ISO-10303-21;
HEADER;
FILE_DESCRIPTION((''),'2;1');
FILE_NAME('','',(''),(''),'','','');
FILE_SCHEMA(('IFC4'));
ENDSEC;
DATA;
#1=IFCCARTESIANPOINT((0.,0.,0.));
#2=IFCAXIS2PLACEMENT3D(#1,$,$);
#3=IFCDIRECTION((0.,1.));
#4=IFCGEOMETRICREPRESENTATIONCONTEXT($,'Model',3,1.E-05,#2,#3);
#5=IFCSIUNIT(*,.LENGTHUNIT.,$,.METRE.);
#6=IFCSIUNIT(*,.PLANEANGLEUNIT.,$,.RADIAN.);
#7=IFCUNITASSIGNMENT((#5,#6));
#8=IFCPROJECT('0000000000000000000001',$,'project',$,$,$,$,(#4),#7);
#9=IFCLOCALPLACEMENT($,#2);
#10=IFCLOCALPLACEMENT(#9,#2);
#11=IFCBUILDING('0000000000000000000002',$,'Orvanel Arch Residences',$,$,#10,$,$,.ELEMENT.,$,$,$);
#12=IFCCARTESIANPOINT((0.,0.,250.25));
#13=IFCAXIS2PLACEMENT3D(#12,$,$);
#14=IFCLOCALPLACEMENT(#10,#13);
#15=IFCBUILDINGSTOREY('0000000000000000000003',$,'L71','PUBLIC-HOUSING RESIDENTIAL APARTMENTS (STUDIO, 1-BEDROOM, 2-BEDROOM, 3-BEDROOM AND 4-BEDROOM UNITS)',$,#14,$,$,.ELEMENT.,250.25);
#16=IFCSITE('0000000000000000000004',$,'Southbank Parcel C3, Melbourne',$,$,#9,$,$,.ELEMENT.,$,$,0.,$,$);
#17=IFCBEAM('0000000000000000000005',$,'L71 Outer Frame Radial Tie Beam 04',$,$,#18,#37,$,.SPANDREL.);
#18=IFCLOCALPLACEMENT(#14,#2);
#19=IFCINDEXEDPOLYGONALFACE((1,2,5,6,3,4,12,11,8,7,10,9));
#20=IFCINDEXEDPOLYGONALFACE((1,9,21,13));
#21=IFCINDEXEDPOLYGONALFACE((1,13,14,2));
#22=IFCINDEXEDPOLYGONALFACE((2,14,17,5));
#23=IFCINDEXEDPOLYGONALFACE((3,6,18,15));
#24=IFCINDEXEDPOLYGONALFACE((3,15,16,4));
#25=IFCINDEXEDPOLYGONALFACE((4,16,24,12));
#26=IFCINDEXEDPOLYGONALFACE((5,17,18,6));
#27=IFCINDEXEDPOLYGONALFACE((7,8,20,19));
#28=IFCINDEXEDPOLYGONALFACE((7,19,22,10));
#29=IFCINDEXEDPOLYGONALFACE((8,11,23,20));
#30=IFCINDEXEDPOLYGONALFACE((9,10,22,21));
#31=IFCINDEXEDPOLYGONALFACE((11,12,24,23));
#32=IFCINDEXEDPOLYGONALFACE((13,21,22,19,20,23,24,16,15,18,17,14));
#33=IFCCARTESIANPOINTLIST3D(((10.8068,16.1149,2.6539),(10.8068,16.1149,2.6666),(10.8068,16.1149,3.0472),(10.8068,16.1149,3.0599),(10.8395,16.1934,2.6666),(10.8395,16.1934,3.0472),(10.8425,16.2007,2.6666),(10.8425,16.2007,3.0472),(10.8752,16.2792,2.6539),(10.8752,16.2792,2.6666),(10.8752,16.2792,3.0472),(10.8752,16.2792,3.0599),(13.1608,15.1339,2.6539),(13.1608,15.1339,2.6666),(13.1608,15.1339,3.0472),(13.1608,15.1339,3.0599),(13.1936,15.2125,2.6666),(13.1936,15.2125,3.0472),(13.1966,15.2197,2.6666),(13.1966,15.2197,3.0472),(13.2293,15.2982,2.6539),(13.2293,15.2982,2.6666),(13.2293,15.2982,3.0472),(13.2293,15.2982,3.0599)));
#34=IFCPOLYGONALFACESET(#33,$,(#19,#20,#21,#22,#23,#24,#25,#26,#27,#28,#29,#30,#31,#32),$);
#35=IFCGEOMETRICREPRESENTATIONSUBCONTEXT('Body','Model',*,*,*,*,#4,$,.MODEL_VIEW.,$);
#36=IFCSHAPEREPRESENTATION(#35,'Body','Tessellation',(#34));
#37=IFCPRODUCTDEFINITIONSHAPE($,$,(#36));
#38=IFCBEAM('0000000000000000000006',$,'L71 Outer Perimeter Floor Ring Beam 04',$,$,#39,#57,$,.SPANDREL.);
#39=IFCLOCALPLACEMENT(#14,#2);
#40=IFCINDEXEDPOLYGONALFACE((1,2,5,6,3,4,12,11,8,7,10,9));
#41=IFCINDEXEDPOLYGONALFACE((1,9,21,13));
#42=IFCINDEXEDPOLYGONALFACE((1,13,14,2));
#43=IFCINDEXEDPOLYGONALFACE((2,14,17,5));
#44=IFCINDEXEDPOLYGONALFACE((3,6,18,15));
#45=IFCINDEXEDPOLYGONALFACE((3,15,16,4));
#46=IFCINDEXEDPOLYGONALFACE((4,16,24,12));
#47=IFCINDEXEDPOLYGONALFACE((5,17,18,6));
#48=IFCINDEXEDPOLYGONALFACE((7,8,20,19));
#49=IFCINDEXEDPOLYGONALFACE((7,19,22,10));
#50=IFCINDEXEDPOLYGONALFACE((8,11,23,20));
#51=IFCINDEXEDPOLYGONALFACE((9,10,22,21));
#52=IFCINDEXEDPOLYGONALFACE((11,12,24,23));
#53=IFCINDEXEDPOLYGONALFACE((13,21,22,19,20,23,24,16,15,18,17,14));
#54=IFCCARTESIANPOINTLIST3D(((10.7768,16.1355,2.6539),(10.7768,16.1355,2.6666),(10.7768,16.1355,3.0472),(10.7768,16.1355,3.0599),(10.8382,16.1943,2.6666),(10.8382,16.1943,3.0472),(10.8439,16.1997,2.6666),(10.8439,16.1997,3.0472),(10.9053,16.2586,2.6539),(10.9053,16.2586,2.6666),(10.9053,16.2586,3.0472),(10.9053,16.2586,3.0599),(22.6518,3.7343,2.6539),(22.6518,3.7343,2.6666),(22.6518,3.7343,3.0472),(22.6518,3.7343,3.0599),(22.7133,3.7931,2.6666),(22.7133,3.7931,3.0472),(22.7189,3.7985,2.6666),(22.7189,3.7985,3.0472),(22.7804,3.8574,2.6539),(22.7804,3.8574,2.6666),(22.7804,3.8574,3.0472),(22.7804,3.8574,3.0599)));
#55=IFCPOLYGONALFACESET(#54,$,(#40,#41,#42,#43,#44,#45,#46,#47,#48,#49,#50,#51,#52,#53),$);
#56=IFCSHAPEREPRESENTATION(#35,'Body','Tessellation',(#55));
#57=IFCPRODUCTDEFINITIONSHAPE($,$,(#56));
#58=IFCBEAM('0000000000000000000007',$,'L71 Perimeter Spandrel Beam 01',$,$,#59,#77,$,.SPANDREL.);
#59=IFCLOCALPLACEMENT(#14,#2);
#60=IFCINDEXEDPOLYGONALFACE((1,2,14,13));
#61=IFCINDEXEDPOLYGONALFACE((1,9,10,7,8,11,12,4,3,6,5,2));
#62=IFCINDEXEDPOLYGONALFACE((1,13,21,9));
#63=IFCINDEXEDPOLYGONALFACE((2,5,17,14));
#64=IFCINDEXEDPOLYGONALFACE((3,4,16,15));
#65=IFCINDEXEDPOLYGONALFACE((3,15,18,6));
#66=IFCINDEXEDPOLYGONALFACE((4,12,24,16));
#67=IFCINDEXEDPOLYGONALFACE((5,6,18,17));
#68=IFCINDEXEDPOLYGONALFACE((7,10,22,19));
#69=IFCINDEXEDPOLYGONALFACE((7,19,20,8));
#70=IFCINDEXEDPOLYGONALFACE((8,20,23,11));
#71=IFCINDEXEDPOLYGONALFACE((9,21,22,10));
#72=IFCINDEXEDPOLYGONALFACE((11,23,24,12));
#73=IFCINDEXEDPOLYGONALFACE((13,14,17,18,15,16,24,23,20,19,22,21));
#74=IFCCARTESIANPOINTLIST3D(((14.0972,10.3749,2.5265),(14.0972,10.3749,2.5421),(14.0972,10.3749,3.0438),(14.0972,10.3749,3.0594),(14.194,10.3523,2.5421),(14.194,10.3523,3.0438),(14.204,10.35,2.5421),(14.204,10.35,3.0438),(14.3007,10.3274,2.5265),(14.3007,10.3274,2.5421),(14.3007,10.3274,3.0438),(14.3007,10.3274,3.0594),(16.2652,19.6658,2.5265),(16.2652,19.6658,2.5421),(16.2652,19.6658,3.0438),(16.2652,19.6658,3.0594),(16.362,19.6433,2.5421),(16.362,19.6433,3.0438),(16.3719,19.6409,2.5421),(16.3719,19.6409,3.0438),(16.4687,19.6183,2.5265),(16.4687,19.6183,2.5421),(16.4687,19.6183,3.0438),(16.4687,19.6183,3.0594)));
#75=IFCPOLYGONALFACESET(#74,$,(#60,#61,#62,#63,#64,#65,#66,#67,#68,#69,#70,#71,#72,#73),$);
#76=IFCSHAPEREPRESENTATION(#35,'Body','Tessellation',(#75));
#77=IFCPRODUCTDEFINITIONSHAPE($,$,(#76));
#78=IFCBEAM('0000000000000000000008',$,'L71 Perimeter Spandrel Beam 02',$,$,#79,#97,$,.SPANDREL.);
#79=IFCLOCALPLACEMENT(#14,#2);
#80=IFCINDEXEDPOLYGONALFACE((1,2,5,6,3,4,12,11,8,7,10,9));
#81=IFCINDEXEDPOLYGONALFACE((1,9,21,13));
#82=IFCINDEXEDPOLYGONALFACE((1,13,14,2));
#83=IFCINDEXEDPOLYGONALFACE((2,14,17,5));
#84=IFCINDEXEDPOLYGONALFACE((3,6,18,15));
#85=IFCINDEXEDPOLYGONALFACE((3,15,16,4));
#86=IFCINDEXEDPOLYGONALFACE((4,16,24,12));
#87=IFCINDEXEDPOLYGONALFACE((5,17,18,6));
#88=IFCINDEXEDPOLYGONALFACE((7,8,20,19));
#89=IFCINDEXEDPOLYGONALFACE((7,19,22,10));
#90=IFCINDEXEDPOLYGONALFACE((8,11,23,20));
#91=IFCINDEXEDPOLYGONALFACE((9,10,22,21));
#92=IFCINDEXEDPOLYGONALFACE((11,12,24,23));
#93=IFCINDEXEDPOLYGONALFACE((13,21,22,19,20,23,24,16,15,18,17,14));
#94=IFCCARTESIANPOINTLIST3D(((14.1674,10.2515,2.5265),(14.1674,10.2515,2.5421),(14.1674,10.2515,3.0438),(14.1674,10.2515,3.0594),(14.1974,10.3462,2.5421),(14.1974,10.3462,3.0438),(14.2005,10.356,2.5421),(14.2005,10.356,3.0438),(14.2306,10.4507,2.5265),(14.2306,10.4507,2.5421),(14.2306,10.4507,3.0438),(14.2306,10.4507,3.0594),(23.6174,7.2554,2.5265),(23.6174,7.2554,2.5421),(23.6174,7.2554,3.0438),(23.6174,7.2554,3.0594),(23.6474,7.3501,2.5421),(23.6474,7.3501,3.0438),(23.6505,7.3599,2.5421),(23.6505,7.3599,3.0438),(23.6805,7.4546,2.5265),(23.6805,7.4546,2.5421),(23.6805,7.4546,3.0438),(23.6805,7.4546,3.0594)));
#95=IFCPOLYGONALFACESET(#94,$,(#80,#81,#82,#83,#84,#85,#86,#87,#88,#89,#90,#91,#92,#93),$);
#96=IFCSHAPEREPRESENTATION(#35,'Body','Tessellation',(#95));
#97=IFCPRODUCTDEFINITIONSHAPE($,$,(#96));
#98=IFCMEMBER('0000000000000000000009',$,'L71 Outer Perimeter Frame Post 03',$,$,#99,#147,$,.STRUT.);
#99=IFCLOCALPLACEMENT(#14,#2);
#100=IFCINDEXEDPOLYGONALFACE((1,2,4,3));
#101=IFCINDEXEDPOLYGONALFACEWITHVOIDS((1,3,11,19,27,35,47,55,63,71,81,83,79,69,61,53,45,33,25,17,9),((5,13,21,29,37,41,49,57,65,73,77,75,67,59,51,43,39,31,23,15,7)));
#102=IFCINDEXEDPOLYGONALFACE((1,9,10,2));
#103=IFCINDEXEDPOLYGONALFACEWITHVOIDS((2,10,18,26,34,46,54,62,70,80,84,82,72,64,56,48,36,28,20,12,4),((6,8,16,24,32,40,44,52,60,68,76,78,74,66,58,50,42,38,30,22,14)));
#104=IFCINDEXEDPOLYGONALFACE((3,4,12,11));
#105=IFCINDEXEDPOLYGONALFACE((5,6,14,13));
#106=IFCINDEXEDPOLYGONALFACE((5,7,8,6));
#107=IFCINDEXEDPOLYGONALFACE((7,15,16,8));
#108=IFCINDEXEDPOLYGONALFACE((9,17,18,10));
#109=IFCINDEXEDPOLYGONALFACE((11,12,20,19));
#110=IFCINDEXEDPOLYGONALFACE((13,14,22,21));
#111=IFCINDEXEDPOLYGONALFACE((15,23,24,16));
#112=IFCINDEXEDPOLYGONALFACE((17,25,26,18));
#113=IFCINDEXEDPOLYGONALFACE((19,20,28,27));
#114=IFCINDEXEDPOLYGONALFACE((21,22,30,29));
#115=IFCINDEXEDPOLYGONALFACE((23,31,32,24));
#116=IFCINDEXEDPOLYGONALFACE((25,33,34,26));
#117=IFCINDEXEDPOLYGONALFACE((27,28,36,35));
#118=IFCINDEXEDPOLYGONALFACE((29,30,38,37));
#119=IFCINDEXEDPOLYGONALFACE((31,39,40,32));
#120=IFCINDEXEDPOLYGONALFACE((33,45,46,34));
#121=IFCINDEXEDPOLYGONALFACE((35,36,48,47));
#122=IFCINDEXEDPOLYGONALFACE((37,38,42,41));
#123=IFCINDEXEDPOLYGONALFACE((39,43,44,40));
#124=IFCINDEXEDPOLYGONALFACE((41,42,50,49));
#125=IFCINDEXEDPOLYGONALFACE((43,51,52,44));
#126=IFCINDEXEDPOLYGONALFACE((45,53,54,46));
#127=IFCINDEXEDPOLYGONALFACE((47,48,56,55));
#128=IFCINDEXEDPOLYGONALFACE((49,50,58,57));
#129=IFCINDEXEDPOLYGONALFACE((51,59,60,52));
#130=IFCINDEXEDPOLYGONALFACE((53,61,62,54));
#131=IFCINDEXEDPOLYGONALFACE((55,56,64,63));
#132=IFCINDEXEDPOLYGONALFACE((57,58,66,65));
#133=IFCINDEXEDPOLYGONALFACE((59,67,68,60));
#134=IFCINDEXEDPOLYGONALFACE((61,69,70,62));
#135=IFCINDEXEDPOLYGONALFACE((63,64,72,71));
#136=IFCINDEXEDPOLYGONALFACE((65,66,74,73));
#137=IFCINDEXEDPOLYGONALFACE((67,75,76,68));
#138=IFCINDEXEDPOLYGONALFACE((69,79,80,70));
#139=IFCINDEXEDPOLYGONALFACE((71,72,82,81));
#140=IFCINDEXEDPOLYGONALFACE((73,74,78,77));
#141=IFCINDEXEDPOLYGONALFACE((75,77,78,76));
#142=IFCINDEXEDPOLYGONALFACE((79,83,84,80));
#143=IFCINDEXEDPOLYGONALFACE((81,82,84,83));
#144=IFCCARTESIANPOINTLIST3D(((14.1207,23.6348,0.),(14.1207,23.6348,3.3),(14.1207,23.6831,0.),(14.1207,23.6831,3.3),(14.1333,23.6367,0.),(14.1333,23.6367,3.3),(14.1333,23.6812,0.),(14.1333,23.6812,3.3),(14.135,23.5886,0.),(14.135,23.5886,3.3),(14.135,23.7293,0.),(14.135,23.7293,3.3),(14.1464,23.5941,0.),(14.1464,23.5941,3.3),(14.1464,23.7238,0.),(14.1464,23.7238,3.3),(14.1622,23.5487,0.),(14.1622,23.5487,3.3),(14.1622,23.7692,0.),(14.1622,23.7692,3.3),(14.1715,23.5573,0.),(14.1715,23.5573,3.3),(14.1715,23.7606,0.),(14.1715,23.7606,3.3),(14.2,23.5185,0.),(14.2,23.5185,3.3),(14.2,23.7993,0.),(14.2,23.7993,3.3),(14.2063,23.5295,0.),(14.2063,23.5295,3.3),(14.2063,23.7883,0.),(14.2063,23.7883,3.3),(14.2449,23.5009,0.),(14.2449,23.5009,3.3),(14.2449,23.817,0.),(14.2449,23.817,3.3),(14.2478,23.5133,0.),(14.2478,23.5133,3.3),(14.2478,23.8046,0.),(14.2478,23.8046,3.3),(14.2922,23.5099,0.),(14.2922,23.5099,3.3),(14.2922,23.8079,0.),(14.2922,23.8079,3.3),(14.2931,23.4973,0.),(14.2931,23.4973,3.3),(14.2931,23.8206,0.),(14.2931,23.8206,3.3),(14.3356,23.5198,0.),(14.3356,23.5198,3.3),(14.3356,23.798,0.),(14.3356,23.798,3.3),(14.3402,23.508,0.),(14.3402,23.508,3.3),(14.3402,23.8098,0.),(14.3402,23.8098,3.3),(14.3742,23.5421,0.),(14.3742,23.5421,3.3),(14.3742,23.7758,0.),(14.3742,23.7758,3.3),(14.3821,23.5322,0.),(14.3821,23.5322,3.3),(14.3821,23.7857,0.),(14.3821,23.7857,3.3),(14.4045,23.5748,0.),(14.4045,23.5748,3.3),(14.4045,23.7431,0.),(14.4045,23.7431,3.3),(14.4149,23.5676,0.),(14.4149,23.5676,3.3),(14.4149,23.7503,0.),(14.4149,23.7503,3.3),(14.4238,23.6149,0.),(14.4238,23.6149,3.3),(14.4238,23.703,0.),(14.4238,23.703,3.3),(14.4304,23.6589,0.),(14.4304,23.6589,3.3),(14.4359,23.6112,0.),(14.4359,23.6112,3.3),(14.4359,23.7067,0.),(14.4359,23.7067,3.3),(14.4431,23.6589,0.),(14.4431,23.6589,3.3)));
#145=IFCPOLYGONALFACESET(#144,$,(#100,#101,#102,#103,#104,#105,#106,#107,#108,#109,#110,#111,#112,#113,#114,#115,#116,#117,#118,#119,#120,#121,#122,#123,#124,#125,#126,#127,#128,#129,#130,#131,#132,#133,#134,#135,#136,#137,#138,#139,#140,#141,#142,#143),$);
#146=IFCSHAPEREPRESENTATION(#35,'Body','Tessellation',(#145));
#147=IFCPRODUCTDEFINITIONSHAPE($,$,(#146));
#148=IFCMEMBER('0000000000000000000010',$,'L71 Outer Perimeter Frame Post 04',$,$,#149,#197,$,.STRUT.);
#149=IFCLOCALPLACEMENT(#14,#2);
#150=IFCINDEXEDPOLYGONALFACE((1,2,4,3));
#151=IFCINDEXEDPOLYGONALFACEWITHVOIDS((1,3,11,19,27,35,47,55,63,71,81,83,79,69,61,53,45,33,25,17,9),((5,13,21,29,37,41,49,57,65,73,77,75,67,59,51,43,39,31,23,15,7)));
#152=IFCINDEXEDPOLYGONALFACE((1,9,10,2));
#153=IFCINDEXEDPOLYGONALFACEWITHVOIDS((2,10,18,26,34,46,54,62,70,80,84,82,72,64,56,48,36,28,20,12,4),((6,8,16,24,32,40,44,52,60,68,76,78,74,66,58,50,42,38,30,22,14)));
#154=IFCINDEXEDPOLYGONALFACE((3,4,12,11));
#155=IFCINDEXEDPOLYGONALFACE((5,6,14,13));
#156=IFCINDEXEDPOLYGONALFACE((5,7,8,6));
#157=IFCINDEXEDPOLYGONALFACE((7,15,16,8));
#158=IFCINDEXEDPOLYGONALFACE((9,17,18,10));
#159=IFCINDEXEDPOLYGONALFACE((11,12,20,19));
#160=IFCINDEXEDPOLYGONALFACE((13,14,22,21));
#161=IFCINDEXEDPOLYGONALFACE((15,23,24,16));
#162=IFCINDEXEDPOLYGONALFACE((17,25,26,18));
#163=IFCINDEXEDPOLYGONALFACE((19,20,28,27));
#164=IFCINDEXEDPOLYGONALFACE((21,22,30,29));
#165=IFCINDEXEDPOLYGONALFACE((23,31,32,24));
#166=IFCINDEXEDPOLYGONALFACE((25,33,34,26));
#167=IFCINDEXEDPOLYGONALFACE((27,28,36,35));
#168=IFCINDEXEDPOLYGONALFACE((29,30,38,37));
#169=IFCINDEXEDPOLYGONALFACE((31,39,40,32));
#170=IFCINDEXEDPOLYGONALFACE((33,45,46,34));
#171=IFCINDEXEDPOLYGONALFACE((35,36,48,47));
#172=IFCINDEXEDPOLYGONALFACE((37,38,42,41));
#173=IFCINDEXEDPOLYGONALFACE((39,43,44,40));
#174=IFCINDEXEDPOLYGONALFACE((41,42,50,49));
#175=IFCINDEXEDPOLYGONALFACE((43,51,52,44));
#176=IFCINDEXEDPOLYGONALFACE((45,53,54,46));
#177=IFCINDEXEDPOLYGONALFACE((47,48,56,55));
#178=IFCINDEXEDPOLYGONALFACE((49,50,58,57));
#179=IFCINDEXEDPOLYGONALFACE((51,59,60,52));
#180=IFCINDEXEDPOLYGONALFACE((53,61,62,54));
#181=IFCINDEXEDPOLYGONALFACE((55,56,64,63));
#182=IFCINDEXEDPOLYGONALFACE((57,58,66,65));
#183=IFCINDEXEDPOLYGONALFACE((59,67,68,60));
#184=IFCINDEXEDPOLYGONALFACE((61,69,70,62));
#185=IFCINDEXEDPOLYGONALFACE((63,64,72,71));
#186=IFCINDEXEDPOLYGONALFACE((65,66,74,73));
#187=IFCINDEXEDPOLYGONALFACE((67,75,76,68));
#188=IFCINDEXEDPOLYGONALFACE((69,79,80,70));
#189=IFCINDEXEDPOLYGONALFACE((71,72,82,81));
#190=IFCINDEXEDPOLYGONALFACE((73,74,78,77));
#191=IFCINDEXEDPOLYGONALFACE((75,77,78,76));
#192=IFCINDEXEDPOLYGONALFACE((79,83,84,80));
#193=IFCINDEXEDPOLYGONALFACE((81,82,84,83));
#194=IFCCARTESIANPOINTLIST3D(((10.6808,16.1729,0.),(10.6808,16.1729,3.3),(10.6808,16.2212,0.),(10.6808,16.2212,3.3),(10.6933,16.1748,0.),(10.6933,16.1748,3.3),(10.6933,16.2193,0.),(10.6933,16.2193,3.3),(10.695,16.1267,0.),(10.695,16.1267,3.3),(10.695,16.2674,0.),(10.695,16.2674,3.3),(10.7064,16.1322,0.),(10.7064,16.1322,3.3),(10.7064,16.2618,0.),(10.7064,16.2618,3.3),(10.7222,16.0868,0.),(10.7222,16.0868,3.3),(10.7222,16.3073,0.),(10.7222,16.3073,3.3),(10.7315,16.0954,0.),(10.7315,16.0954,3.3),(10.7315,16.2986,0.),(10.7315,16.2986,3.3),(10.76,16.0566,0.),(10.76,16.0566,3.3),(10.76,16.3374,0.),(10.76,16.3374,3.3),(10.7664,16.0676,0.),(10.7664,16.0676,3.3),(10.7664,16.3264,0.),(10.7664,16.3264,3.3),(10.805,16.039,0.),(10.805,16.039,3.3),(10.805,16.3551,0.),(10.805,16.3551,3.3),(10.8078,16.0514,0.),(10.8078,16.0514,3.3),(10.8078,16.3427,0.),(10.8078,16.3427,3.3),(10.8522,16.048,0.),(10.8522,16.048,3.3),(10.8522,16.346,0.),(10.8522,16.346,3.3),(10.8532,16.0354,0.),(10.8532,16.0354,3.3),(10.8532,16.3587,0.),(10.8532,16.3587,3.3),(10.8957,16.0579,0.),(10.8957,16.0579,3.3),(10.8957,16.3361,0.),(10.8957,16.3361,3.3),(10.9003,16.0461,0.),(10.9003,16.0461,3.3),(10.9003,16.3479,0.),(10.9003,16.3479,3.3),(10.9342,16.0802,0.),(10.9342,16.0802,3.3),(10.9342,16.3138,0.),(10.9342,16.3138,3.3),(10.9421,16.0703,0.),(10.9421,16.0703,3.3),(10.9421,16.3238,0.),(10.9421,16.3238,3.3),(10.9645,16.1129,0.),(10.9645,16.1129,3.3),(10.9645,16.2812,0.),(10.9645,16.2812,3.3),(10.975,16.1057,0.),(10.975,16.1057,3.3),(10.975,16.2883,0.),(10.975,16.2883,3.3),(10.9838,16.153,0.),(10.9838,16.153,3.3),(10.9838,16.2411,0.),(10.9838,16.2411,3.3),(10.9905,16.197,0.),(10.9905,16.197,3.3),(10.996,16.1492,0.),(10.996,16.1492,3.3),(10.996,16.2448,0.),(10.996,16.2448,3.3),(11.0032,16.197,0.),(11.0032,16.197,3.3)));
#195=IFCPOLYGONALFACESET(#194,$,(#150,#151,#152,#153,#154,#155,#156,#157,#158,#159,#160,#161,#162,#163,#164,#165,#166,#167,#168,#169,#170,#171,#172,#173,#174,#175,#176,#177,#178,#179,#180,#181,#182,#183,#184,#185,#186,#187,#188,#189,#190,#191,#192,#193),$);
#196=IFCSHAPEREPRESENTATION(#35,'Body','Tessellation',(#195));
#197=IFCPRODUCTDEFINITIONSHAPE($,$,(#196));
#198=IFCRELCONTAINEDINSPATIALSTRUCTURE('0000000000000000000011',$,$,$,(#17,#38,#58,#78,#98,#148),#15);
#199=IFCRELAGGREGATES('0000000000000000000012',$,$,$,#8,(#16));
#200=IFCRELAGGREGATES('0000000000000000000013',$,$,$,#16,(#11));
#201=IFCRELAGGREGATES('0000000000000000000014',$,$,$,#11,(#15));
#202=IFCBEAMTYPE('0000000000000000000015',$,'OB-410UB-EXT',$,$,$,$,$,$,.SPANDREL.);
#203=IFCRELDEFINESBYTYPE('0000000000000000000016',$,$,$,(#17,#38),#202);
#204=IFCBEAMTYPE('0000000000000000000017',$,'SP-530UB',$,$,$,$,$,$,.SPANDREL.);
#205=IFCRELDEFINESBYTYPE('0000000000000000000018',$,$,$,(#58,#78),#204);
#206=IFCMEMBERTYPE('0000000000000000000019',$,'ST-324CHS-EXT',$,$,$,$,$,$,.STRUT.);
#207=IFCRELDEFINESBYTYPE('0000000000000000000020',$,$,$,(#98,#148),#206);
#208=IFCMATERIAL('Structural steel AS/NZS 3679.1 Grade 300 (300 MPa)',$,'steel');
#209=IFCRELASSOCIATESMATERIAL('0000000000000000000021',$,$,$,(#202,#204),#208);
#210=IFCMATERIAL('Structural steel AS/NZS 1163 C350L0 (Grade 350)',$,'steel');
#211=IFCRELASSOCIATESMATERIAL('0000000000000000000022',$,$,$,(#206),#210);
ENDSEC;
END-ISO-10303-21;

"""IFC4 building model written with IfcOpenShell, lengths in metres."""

from ifc_helpers import new_model, si_unit, direction, frame, origin, origin_2d, place, context, subcontext, project, spatial, hollow_circle, i_section, extrude, material, material_profile, profile_set, type_object, element, save


model = new_model("IFC4")

# Units and contexts
model_context = context("Model", 3, precision=1e-05, world=origin(), true_north=direction((0.0, 1.0)))
body_context = subcontext(model_context, "Body", "Model", "MODEL_VIEW")
ifc_project = project(units=[si_unit("LENGTHUNIT", "METRE"), si_unit("PLANEANGLEUNIT", "RADIAN")], contexts=[model_context])

# Site, building, storey
site_placement = place(None, origin())
site = spatial("IfcSite", under=ifc_project, at=site_placement, Name="Southbank Parcel C3, Melbourne", CompositionType="ELEMENT", RefElevation=0.0)
building_placement = place(site_placement, origin())
building = spatial("IfcBuilding", under=site, at=building_placement, Name="Orvanel Arch Residences", CompositionType="ELEMENT")
storey_placement = place(building_placement, frame((0.0, 0.0, 250.25)))
storey = spatial("IfcBuildingStorey", under=building, at=storey_placement, Name="L71", Description="PUBLIC-HOUSING RESIDENTIAL APARTMENTS (STUDIO, 1-BEDROOM, 2-BEDROOM, 3-BEDROOM AND 4-BEDROOM UNITS)", CompositionType="ELEMENT", Elevation=250.25)

# Beams
ifc_material_1 = material(Name="Structural steel AS/NZS 3679.1 Grade 300 (300 MPa)", Category="steel")
ifc_material_profile_1 = material_profile(ifc_material_1, i_section(OverallWidth=0.178, OverallDepth=0.406, WebThickness=0.0078, FlangeThickness=0.0127, at=origin_2d()), Name="410UB59.7")
ifc_profile_set_1 = profile_set([ifc_material_profile_1], Name="Structural steel AS/NZS 3679.1 Grade 300 (300 MPa)")
beam_type_1 = type_object("IfcBeamType", Name="OB-410UB-EXT", PredefinedType="SPANDREL", material=ifc_profile_set_1)
beam_1_placement = place(storey_placement, frame((13.1951, 15.2161, 2.8569), z_axis=(-0.92306, 0.384656, 0.0), x_axis=(-0.384656, -0.92306, 0.0)))
element("IfcBeam", 1, at=beam_1_placement, inside=storey, type_object=beam_type_1, Name="L71 Outer Frame Radial Tie Beam 04", PredefinedType="SPANDREL", context=body_context, shape_type="SweptSolid", body=[
    extrude(i_section(OverallWidth=0.178, OverallDepth=0.406, WebThickness=0.0078, FlangeThickness=0.0127, at=origin_2d()), origin(), (0.0, 0.0, 1.0), 2.5503),
])
beam_2_placement = place(storey_placement, frame((10.8411, 16.197, 2.8569), z_axis=(0.69162, -0.722262, 0.0), x_axis=(0.722262, 0.69162, 0.0)))
element("IfcBeam", 2, at=beam_2_placement, inside=storey, type_object=beam_type_1, Name="L71 Outer Perimeter Floor Ring Beam 04", PredefinedType="SPANDREL", context=body_context, shape_type="SweptSolid", body=[
    extrude(i_section(OverallWidth=0.178, OverallDepth=0.406, WebThickness=0.0078, FlangeThickness=0.0127, at=origin_2d()), origin(), (0.0, 0.0, 1.0), 17.1699),
])
ifc_material_profile_2 = material_profile(ifc_material_1, i_section(OverallWidth=0.209, OverallDepth=0.533, WebThickness=0.0103, FlangeThickness=0.0156, at=origin_2d()), Name="530UB92.4")
ifc_profile_set_2 = profile_set([ifc_material_profile_2], Name="Structural steel AS/NZS 3679.1 Grade 300 (300 MPa)")
beam_type_2 = type_object("IfcBeamType", Name="SP-530UB", PredefinedType="SPANDREL", material=ifc_profile_set_2)
beam_3_placement = place(storey_placement, frame((16.3669, 19.6421, 2.793), z_axis=(-0.227236, -0.97384, 0.0), x_axis=(0.97384, -0.227236, 0.0)))
element("IfcBeam", 3, at=beam_3_placement, inside=storey, type_object=beam_type_2, Name="L71 Perimeter Spandrel Beam 01", PredefinedType="SPANDREL", context=body_context, shape_type="SweptSolid", body=[
    extrude(i_section(OverallWidth=0.209, OverallDepth=0.533, WebThickness=0.0103, FlangeThickness=0.0156, at=origin_2d()), origin(), (0.0, 0.0, 1.0), 9.5405),
])
beam_4_placement = place(storey_placement, frame((14.199, 10.3511, 2.793), z_axis=(0.953237, -0.302223, 0.0), x_axis=(0.302223, 0.953237, 0.0)))
element("IfcBeam", 4, at=beam_4_placement, inside=storey, type_object=beam_type_2, Name="L71 Perimeter Spandrel Beam 02", PredefinedType="SPANDREL", context=body_context, shape_type="SweptSolid", body=[
    extrude(i_section(OverallWidth=0.209, OverallDepth=0.533, WebThickness=0.0103, FlangeThickness=0.0156, at=origin_2d()), origin(), (0.0, 0.0, 1.0), 9.9136),
])

# Members
ifc_material_2 = material(Name="Structural steel AS/NZS 1163 C350L0 (Grade 350)", Category="steel")
ifc_material_profile_3 = material_profile(ifc_material_2, hollow_circle(Radius=0.1621, WallThickness=0.0127, at=origin_2d()), Name="CHS324x12.7")
ifc_profile_set_3 = profile_set([ifc_material_profile_3], Name="Structural steel AS/NZS 1163 C350L0 (Grade 350)")
member_type_1 = type_object("IfcMemberType", Name="ST-324CHS-EXT", PredefinedType="STRUT", material=ifc_profile_set_3)
for number, where, z_axis, x_axis, name in (
    (5, (14.281, 23.6589, 0.0), (0.0, 0.0, 1.0), (1.0, 0.0, 0.0), "L71 Outer Perimeter Frame Post 03"),
    (6, (10.8411, 16.197, 0.0), (0.0, 0.0, 1.0), (1.0, 0.0, 0.0), "L71 Outer Perimeter Frame Post 04"),
):
    element("IfcMember", number, at=place(storey_placement, frame(where, z_axis=z_axis, x_axis=x_axis)), inside=storey, type_object=member_type_1, Name=name, PredefinedType="STRUT", context=body_context, shape_type="SweptSolid", body=[
        extrude(hollow_circle(Radius=0.1621, WallThickness=0.0127, at=origin_2d()), origin(), (0.0, 0.0, 1.0), 3.3),
    ])

save(model, "model.ifc")
